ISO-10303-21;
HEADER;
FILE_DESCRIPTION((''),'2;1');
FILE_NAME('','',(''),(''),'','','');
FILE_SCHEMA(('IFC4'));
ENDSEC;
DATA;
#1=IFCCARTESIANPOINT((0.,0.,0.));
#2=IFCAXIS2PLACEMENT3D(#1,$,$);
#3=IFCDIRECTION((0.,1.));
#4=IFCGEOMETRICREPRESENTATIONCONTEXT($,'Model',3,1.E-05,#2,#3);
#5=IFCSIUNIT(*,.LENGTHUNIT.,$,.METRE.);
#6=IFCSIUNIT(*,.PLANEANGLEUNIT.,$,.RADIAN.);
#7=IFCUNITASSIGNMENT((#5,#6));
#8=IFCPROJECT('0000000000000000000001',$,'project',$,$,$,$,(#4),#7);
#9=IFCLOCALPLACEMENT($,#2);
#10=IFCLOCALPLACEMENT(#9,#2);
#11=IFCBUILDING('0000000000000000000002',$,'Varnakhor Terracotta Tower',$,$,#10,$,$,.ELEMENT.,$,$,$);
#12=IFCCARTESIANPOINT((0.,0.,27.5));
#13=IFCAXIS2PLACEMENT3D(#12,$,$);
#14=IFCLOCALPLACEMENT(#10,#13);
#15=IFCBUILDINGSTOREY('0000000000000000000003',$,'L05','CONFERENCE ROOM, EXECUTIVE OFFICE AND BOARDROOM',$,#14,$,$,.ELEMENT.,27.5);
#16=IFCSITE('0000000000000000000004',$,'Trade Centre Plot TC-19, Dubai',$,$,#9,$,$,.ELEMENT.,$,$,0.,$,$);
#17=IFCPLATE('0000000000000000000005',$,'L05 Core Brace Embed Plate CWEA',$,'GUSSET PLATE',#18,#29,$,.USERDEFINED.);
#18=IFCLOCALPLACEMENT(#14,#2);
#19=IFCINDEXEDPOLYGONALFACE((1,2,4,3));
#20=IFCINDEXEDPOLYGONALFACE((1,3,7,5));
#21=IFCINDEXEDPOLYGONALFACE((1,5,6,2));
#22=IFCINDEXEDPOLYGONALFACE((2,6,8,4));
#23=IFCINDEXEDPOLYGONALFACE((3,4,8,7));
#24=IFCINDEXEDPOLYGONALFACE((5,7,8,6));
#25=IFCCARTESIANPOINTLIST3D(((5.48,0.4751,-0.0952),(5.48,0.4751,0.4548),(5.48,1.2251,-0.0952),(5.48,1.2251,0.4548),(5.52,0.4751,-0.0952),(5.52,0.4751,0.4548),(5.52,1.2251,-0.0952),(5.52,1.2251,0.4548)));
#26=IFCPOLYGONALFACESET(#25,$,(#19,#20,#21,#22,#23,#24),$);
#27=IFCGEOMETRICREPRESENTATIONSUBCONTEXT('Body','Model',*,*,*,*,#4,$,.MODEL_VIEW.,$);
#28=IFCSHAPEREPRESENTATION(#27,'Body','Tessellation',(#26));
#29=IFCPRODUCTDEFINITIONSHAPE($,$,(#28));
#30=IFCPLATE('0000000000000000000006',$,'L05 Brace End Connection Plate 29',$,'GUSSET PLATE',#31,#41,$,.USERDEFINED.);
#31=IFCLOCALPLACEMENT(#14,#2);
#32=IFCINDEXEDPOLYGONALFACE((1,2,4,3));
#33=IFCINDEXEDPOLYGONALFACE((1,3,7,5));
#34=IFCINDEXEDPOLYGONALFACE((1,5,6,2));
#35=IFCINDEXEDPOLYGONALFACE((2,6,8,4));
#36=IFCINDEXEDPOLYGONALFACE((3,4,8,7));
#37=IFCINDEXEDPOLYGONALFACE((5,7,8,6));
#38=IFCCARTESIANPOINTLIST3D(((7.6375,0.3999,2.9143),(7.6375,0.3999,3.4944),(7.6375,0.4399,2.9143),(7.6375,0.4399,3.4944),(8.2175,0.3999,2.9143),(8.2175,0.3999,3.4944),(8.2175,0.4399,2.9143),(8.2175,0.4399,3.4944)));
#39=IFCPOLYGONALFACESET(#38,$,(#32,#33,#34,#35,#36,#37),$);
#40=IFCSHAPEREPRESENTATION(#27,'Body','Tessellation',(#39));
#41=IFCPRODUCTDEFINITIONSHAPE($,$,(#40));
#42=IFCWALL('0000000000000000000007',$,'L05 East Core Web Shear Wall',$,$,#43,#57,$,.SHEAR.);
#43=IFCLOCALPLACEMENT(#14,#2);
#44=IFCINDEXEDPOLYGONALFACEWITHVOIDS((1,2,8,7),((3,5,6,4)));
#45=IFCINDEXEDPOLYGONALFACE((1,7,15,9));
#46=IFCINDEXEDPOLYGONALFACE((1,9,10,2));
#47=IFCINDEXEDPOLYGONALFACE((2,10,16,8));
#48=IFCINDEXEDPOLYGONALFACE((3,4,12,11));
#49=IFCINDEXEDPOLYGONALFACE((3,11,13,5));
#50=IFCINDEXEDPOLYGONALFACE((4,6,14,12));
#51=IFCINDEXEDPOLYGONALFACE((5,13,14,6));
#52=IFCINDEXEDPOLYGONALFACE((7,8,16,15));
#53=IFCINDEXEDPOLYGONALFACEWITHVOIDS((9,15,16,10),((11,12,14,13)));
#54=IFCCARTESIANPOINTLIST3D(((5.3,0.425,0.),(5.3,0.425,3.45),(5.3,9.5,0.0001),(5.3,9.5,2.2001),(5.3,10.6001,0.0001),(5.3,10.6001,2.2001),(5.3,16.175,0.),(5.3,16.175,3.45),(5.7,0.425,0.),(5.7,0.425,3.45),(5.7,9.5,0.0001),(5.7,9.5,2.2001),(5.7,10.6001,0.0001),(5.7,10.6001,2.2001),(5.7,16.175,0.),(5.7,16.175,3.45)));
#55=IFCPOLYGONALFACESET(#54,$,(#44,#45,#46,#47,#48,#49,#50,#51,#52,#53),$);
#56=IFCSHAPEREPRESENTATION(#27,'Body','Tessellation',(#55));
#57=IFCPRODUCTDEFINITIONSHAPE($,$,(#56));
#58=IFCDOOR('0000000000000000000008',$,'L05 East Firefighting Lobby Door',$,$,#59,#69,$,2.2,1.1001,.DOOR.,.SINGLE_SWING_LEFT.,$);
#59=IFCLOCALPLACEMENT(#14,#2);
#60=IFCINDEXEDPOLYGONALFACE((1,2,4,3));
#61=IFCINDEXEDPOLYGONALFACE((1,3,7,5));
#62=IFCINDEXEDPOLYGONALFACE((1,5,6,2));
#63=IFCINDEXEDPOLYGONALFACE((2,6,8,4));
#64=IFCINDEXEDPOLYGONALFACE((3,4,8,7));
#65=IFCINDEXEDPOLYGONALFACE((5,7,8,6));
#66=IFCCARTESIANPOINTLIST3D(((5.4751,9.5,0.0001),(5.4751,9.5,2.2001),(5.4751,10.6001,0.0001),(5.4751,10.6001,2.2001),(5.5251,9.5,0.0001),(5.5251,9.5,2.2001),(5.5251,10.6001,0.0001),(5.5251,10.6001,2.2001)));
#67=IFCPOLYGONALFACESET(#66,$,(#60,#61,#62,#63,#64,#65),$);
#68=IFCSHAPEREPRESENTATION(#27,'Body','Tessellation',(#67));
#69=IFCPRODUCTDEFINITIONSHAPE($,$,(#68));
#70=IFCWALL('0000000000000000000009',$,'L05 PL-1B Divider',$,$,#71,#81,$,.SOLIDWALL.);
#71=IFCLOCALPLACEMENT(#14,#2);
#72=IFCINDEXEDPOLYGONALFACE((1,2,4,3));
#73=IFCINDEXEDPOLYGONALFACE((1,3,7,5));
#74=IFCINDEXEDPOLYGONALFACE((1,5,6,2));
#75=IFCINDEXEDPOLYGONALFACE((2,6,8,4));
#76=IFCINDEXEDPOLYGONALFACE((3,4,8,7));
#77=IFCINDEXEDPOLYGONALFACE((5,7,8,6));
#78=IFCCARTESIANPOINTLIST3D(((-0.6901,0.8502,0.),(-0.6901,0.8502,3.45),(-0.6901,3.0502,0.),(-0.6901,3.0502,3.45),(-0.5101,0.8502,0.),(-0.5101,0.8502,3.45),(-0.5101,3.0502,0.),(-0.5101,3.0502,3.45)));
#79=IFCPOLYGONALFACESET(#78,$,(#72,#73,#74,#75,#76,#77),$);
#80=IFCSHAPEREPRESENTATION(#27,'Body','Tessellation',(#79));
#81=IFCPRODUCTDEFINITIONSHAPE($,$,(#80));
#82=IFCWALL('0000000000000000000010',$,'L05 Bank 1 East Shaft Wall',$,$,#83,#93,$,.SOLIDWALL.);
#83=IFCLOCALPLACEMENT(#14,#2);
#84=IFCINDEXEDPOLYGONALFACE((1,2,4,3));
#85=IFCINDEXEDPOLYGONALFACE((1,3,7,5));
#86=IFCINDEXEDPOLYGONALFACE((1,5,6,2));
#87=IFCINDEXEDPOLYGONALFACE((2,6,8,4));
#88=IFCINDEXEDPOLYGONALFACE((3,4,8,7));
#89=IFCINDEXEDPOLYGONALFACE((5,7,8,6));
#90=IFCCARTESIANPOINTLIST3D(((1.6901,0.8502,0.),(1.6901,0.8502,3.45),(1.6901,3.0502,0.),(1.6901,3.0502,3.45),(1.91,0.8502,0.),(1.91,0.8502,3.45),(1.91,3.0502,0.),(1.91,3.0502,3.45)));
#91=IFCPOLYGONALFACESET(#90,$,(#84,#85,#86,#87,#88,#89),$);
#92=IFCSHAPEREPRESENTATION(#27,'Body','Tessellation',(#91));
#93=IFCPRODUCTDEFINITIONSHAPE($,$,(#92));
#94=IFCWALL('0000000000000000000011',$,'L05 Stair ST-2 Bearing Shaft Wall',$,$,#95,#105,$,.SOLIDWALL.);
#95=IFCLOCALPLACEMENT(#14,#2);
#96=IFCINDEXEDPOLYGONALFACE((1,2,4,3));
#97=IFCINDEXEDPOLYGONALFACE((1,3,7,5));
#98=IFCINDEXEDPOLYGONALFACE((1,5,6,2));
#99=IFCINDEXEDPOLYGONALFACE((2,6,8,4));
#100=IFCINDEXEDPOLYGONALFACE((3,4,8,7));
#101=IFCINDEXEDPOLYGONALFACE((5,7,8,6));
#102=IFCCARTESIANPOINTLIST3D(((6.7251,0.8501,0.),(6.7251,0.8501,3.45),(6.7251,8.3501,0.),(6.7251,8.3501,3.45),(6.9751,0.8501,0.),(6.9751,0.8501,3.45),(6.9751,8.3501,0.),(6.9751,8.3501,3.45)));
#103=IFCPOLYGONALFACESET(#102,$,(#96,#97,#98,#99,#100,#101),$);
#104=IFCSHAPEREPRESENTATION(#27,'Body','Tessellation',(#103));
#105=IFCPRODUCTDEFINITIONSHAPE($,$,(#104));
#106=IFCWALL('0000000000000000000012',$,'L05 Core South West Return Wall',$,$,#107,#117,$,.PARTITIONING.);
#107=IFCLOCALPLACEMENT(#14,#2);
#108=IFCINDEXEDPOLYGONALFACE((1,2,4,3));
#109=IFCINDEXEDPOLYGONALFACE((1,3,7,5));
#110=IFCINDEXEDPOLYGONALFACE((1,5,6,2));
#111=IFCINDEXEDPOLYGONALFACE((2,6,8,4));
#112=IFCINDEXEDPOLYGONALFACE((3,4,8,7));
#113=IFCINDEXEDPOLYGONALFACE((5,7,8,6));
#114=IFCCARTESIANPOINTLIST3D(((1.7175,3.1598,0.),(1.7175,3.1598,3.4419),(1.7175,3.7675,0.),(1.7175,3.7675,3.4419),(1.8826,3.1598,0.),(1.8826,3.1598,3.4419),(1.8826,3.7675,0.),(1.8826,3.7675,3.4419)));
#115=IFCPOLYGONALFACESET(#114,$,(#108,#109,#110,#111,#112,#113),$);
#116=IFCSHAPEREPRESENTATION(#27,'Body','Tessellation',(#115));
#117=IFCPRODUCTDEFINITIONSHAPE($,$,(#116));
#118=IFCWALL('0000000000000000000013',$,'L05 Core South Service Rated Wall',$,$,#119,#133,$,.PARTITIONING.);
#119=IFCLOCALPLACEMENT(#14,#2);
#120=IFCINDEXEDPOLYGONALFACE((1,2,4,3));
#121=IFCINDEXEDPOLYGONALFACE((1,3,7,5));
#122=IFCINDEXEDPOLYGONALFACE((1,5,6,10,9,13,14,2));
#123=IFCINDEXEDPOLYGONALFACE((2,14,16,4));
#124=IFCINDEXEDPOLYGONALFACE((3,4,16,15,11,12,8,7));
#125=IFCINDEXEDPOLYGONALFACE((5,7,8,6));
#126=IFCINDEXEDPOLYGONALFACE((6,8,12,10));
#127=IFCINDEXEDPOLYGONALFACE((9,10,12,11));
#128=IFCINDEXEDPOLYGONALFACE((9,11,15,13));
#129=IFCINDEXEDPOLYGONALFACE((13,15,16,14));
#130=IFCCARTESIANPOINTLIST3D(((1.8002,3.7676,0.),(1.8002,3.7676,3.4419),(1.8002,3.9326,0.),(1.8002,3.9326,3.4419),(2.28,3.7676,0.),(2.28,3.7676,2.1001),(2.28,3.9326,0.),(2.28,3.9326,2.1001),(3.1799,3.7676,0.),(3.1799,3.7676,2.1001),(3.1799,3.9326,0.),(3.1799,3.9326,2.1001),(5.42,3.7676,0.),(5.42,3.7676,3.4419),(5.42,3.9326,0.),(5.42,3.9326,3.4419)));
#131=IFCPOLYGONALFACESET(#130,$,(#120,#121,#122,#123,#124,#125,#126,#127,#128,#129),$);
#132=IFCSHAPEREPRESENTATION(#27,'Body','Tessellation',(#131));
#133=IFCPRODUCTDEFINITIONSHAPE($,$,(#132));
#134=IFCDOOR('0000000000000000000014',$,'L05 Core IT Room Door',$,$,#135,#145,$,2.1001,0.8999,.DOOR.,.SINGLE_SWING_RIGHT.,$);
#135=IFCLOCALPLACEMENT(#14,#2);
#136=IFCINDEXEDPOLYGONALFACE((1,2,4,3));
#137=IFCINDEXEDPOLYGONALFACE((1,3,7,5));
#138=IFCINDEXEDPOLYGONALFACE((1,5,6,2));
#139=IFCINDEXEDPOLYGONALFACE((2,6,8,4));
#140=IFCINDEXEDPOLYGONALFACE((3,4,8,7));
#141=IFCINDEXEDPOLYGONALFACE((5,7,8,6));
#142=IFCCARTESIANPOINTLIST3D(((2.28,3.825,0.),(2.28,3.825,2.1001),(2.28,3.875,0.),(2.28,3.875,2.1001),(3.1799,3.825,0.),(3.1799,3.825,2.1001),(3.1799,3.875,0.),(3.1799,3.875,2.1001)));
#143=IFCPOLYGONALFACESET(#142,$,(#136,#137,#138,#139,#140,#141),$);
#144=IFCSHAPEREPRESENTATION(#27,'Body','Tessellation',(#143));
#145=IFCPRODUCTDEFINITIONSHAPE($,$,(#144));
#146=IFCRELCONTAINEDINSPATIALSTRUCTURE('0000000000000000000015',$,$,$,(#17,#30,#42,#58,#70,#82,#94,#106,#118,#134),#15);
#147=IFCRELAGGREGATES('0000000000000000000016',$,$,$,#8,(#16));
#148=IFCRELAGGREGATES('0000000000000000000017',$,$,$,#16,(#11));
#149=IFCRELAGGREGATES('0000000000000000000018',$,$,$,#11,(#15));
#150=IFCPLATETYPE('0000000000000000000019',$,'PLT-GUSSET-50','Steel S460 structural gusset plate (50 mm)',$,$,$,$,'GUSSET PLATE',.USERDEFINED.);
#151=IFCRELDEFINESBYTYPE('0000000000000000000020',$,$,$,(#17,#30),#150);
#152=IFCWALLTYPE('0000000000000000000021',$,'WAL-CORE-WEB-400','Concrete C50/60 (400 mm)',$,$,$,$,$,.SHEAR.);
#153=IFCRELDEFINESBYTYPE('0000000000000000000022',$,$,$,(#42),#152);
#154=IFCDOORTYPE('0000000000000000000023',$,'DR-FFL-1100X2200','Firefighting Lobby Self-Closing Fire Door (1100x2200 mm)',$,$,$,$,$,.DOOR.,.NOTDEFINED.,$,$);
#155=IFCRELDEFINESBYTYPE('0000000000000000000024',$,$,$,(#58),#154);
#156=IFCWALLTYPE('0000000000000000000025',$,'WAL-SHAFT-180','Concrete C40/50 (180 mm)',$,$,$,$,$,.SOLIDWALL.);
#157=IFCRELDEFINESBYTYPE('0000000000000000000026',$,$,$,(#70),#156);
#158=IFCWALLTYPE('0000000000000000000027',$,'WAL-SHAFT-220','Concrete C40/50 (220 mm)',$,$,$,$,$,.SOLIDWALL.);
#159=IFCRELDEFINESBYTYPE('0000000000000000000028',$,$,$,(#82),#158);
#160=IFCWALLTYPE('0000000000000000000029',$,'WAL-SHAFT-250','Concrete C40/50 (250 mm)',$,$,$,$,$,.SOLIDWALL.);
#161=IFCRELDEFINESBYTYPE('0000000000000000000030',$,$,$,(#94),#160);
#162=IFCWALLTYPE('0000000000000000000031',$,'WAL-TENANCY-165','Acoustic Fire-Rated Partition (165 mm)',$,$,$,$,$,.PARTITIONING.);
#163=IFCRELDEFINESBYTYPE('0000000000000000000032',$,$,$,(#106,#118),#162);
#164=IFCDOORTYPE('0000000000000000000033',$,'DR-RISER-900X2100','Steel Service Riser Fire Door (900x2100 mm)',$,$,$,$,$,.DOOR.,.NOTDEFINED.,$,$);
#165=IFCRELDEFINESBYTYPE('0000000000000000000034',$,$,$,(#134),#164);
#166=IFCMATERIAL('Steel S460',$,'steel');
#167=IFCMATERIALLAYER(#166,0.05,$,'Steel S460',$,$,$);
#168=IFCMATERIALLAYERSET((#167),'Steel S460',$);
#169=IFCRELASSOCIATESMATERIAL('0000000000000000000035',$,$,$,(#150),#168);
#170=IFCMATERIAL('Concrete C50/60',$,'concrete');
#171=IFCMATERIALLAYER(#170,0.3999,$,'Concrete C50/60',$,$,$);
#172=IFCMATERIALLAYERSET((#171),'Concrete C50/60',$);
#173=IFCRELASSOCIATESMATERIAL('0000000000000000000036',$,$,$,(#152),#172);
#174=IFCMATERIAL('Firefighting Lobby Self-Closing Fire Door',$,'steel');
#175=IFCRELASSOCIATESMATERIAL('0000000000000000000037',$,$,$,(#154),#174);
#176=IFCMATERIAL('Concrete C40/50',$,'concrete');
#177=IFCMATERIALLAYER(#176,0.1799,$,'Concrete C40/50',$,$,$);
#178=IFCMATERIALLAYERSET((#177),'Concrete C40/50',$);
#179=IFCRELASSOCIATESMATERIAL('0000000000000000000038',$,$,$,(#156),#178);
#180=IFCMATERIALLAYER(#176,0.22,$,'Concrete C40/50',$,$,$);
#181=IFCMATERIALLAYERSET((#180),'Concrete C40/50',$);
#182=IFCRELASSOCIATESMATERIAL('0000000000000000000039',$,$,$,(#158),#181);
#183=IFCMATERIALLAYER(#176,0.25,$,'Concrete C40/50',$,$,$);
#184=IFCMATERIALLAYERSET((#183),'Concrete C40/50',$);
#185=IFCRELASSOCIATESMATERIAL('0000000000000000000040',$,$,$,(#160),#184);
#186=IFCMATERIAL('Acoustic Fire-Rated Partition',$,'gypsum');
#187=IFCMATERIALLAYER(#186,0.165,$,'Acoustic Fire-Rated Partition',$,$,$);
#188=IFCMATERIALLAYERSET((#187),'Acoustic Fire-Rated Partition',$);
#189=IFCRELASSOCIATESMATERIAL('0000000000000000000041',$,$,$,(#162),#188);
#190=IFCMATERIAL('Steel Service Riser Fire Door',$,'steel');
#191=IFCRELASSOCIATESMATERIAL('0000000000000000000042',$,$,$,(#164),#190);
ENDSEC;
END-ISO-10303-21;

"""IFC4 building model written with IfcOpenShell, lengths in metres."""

from ifc_helpers import new_model, si_unit, direction, frame, frame_2d, origin, origin_2d, place, context, subcontext, project, spatial, rectangle, extrude, source, transform, mapped, material, layer, layer_set, type_object, type_shapes, element, fill, save


model = new_model("IFC4")

# Units and contexts
model_context = context("Model", 3, precision=1e-05, world=origin(), true_north=direction((0.0, 1.0)))
body_context = subcontext(model_context, "Body", "Model", "MODEL_VIEW")
ifc_project = project(units=[si_unit("LENGTHUNIT", "METRE"), si_unit("PLANEANGLEUNIT", "RADIAN")], contexts=[model_context])

# Site, building, storey
site_placement = place(None, origin())
site = spatial("IfcSite", under=ifc_project, at=site_placement, Name="Trade Centre Plot TC-19, Dubai", CompositionType="ELEMENT", RefElevation=0.0)
building_placement = place(site_placement, origin())
building = spatial("IfcBuilding", under=site, at=building_placement, Name="Varnakhor Terracotta Tower", CompositionType="ELEMENT")
storey_placement = place(building_placement, frame((0.0, 0.0, 27.5)))
storey = spatial("IfcBuildingStorey", under=building, at=storey_placement, Name="L05", Description="CONFERENCE ROOM, EXECUTIVE OFFICE AND BOARDROOM", CompositionType="ELEMENT", Elevation=27.5)

# Shared definitions
ifc_material_1 = material(Name="Concrete C50/60", Category="concrete")

# Shared definitions
ifc_material_2 = material(Name="Steel S460", Category="steel")

# Shared definitions
ifc_material_3 = material(Name="Concrete C40/50", Category="concrete")

# Plates
ifc_layer_1 = layer(ifc_material_2, 0.05, Name="Steel S460")
ifc_layer_set_1 = layer_set([ifc_layer_1], Name="Steel S460")
plate_type = type_object("IfcPlateType", Name="PLT-GUSSET-50", Description="Steel S460 structural gusset plate (50 mm)", ElementType="GUSSET PLATE", PredefinedType="USERDEFINED", material=ifc_layer_set_1)
shared_shape_1 = source(origin(), body_context, "Body", "SweptSolid", [
    extrude(rectangle(XDim=0.75, YDim=0.04, at=origin_2d()), origin(), (0.0, 0.0, 1.0), 0.55),
])
type_shapes(plate_type, [shared_shape_1])
for number, where, z_axis, x_axis, name in (
    (1, (5.5, 0.8501, -0.0952), (0.0, 0.0, 1.0), (0.0, 1.0, 0.0), "L05 Core Brace Embed Plate CWEA"),
):
    element("IfcPlate", number, at=place(storey_placement, frame(where, z_axis=z_axis, x_axis=x_axis)), inside=storey, type_object=plate_type, Name=name, ObjectType="GUSSET PLATE", PredefinedType="USERDEFINED", context=body_context, shape_type="MappedRepresentation", body=[
        mapped(shared_shape_1, transform((0.0, 0.0, 0.0), scale=1.0)),
    ])
shared_shape_2 = source(origin(), body_context, "Body", "SweptSolid", [
    extrude(rectangle(XDim=0.5801, YDim=0.04, at=origin_2d()), origin(), (0.0, 0.0, 1.0), 0.5801),
])
plate_placement = place(storey_placement, frame((7.9275, 0.4199, 2.9143), z_axis=(0.0, 0.0, 1.0), x_axis=(1.0, 0.0, 0.0)))
element("IfcPlate", 2, at=plate_placement, inside=storey, type_object=plate_type, Name="L05 Brace End Connection Plate 29", ObjectType="GUSSET PLATE", PredefinedType="USERDEFINED", context=body_context, shape_type="MappedRepresentation", body=[
    mapped(shared_shape_2, transform((0.0, 0.0, 0.0), scale=1.0)),
])

# Wall, opening, door
ifc_layer_2 = layer(ifc_material_1, 0.3999, Name="Concrete C50/60")
ifc_layer_set_2 = layer_set([ifc_layer_2], Name="Concrete C50/60")
wall_type_1 = type_object("IfcWallType", Name="WAL-CORE-WEB-400", Description="Concrete C50/60 (400 mm)", PredefinedType="SHEAR", material=ifc_layer_set_2)
wall_1_placement = place(storey_placement, frame((5.5, 0.425, 0.0), z_axis=(0.0, 0.0, 1.0), x_axis=(0.0, 1.0, 0.0)))
wall_1 = element("IfcWall", 3, at=wall_1_placement, inside=storey, type_object=wall_type_1, Name="L05 East Core Web Shear Wall", PredefinedType="SHEAR", context=body_context, shape_type="SweptSolid", body=[
    extrude(rectangle(XDim=15.75, YDim=0.3999, at=frame_2d((7.875, 0.0))), origin(), (0.0, 0.0, 1.0), 3.45),
])
opening_1_placement = place(wall_1_placement, frame((9.075, 0.0, 0.0)))
opening_1 = element("IfcOpeningElement", 4, at=opening_1_placement, cuts=wall_1, PredefinedType="OPENING", context=body_context, shape_type="SweptSolid", body=[
    extrude(rectangle(XDim=1.1001, YDim=2.2, at=frame_2d((0.55, 1.1001))), frame((0.0, 0.21, 0.0), z_axis=(0.0, -1.0, 0.0), x_axis=(1.0, 0.0, 0.0)), (0.0, 0.0, 1.0), 0.4199),
])
ifc_material_4 = material(Name="Firefighting Lobby Self-Closing Fire Door", Category="steel")
door_type_1 = type_object("IfcDoorType", Name="DR-FFL-1100X2200", Description="Firefighting Lobby Self-Closing Fire Door (1100x2200 mm)", OperationType="NOTDEFINED", PredefinedType="DOOR", material=ifc_material_4)
shared_shape_3 = source(origin(), body_context, "Body", "SweptSolid", [
    extrude(rectangle(XDim=1.1001, YDim=2.2, at=frame_2d((0.55, 1.1001))), frame((0.0, 0.0249, 0.0), z_axis=(0.0, -1.0, 0.0), x_axis=(1.0, 0.0, 0.0)), (0.0, 0.0, 1.0), 0.05),
])
type_shapes(door_type_1, [shared_shape_3])
door_1_placement = place(opening_1_placement, origin())
door_1 = element("IfcDoor", 5, at=door_1_placement, inside=storey, type_object=door_type_1, Name="L05 East Firefighting Lobby Door", OperationType="SINGLE_SWING_LEFT", OverallHeight=2.2, OverallWidth=1.1001, PredefinedType="DOOR", context=body_context, shape_type="MappedRepresentation", body=[
    mapped(shared_shape_3, transform((0.0, 0.0, 0.0), scale=1.0)),
])
fill(opening_1, door_1)

# Walls
ifc_layer_3 = layer(ifc_material_3, 0.1799, Name="Concrete C40/50")
ifc_layer_set_3 = layer_set([ifc_layer_3], Name="Concrete C40/50")
wall_type_2 = type_object("IfcWallType", Name="WAL-SHAFT-180", Description="Concrete C40/50 (180 mm)", PredefinedType="SOLIDWALL", material=ifc_layer_set_3)
wall_2_placement = place(storey_placement, frame((-0.6001, 0.8501, 0.0), z_axis=(0.0, 0.0, 1.0), x_axis=(0.0, 1.0, 0.0)))
element("IfcWall", 6, at=wall_2_placement, inside=storey, type_object=wall_type_2, Name="L05 PL-1B Divider", PredefinedType="SOLIDWALL", context=body_context, shape_type="SweptSolid", body=[
    extrude(rectangle(XDim=2.2, YDim=0.1799, at=frame_2d((1.1001, 0.0))), origin(), (0.0, 0.0, 1.0), 3.45),
])
ifc_layer_4 = layer(ifc_material_3, 0.22, Name="Concrete C40/50")
ifc_layer_set_4 = layer_set([ifc_layer_4], Name="Concrete C40/50")
wall_type_3 = type_object("IfcWallType", Name="WAL-SHAFT-220", Description="Concrete C40/50 (220 mm)", PredefinedType="SOLIDWALL", material=ifc_layer_set_4)
wall_3_placement = place(storey_placement, frame((1.8, 0.8501, 0.0), z_axis=(0.0, 0.0, 1.0), x_axis=(0.0, 1.0, 0.0)))
element("IfcWall", 7, at=wall_3_placement, inside=storey, type_object=wall_type_3, Name="L05 Bank 1 East Shaft Wall", PredefinedType="SOLIDWALL", context=body_context, shape_type="SweptSolid", body=[
    extrude(rectangle(XDim=2.2, YDim=0.22, at=frame_2d((1.1001, 0.0))), origin(), (0.0, 0.0, 1.0), 3.45),
])
ifc_layer_5 = layer(ifc_material_3, 0.25, Name="Concrete C40/50")
ifc_layer_set_5 = layer_set([ifc_layer_5], Name="Concrete C40/50")
wall_type_4 = type_object("IfcWallType", Name="WAL-SHAFT-250", Description="Concrete C40/50 (250 mm)", PredefinedType="SOLIDWALL", material=ifc_layer_set_5)
wall_4_placement = place(storey_placement, frame((6.8501, 0.8501, 0.0), z_axis=(0.0, 0.0, 1.0), x_axis=(0.0, 1.0, 0.0)))
element("IfcWall", 8, at=wall_4_placement, inside=storey, type_object=wall_type_4, Name="L05 Stair ST-2 Bearing Shaft Wall", PredefinedType="SOLIDWALL", context=body_context, shape_type="SweptSolid", body=[
    extrude(rectangle(XDim=7.5, YDim=0.25, at=frame_2d((3.75, 0.0))), origin(), (0.0, 0.0, 1.0), 3.45),
])
ifc_material_5 = material(Name="Acoustic Fire-Rated Partition", Category="gypsum")
ifc_layer_6 = layer(ifc_material_5, 0.165, Name="Acoustic Fire-Rated Partition")
ifc_layer_set_6 = layer_set([ifc_layer_6], Name="Acoustic Fire-Rated Partition")
wall_type_5 = type_object("IfcWallType", Name="WAL-TENANCY-165", Description="Acoustic Fire-Rated Partition (165 mm)", PredefinedType="PARTITIONING", material=ifc_layer_set_6)
wall_5_placement = place(storey_placement, frame((1.8, 3.1599, 0.0), z_axis=(0.0, 0.0, 1.0), x_axis=(0.0, 1.0, 0.0)))
element("IfcWall", 9, at=wall_5_placement, inside=storey, type_object=wall_type_5, Name="L05 Core South West Return Wall", PredefinedType="PARTITIONING", context=body_context, shape_type="SweptSolid", body=[
    extrude(rectangle(XDim=0.6077, YDim=0.165, at=frame_2d((0.3037, 0.0))), origin(), (0.0, 0.0, 1.0), 3.4419),
])

# Wall, opening, door
wall_6_placement = place(storey_placement, frame((1.8, 3.8501, 0.0), z_axis=(0.0, 0.0, 1.0), x_axis=(1.0, 0.0, 0.0)))
wall_6 = element("IfcWall", 10, at=wall_6_placement, inside=storey, type_object=wall_type_5, Name="L05 Core South Service Rated Wall", PredefinedType="PARTITIONING", context=body_context, shape_type="SweptSolid", body=[
    extrude(rectangle(XDim=3.6199, YDim=0.165, at=frame_2d((1.8101, 0.0))), origin(), (0.0, 0.0, 1.0), 3.4419),
])
opening_2_placement = place(wall_6_placement, frame((0.48, 0.0, 0.0)))
opening_2 = element("IfcOpeningElement", 11, at=opening_2_placement, cuts=wall_6, PredefinedType="OPENING", context=body_context, shape_type="SweptSolid", body=[
    extrude(rectangle(XDim=0.8999, YDim=2.1001, at=frame_2d((0.45, 1.05))), frame((0.0, 0.0925, 0.0), z_axis=(0.0, -1.0, 0.0), x_axis=(1.0, 0.0, 0.0)), (0.0, 0.0, 1.0), 0.1851),
])
ifc_material_6 = material(Name="Steel Service Riser Fire Door", Category="steel")
door_type_2 = type_object("IfcDoorType", Name="DR-RISER-900X2100", Description="Steel Service Riser Fire Door (900x2100 mm)", OperationType="NOTDEFINED", PredefinedType="DOOR", material=ifc_material_6)
shared_shape_4 = source(origin(), body_context, "Body", "SweptSolid", [
    extrude(rectangle(XDim=0.8999, YDim=2.1001, at=frame_2d((0.45, 1.05))), frame((0.0, 0.0249, 0.0), z_axis=(0.0, -1.0, 0.0), x_axis=(1.0, 0.0, 0.0)), (0.0, 0.0, 1.0), 0.05),
])
type_shapes(door_type_2, [shared_shape_4])
door_2_placement = place(opening_2_placement, origin())
door_2 = element("IfcDoor", 12, at=door_2_placement, inside=storey, type_object=door_type_2, Name="L05 Core IT Room Door", OperationType="SINGLE_SWING_RIGHT", OverallHeight=2.1001, OverallWidth=0.8999, PredefinedType="DOOR", context=body_context, shape_type="MappedRepresentation", body=[
    mapped(shared_shape_4, transform((0.0, 0.0, 0.0), scale=1.0)),
])
fill(opening_2, door_2)

save(model, "model.ifc")
